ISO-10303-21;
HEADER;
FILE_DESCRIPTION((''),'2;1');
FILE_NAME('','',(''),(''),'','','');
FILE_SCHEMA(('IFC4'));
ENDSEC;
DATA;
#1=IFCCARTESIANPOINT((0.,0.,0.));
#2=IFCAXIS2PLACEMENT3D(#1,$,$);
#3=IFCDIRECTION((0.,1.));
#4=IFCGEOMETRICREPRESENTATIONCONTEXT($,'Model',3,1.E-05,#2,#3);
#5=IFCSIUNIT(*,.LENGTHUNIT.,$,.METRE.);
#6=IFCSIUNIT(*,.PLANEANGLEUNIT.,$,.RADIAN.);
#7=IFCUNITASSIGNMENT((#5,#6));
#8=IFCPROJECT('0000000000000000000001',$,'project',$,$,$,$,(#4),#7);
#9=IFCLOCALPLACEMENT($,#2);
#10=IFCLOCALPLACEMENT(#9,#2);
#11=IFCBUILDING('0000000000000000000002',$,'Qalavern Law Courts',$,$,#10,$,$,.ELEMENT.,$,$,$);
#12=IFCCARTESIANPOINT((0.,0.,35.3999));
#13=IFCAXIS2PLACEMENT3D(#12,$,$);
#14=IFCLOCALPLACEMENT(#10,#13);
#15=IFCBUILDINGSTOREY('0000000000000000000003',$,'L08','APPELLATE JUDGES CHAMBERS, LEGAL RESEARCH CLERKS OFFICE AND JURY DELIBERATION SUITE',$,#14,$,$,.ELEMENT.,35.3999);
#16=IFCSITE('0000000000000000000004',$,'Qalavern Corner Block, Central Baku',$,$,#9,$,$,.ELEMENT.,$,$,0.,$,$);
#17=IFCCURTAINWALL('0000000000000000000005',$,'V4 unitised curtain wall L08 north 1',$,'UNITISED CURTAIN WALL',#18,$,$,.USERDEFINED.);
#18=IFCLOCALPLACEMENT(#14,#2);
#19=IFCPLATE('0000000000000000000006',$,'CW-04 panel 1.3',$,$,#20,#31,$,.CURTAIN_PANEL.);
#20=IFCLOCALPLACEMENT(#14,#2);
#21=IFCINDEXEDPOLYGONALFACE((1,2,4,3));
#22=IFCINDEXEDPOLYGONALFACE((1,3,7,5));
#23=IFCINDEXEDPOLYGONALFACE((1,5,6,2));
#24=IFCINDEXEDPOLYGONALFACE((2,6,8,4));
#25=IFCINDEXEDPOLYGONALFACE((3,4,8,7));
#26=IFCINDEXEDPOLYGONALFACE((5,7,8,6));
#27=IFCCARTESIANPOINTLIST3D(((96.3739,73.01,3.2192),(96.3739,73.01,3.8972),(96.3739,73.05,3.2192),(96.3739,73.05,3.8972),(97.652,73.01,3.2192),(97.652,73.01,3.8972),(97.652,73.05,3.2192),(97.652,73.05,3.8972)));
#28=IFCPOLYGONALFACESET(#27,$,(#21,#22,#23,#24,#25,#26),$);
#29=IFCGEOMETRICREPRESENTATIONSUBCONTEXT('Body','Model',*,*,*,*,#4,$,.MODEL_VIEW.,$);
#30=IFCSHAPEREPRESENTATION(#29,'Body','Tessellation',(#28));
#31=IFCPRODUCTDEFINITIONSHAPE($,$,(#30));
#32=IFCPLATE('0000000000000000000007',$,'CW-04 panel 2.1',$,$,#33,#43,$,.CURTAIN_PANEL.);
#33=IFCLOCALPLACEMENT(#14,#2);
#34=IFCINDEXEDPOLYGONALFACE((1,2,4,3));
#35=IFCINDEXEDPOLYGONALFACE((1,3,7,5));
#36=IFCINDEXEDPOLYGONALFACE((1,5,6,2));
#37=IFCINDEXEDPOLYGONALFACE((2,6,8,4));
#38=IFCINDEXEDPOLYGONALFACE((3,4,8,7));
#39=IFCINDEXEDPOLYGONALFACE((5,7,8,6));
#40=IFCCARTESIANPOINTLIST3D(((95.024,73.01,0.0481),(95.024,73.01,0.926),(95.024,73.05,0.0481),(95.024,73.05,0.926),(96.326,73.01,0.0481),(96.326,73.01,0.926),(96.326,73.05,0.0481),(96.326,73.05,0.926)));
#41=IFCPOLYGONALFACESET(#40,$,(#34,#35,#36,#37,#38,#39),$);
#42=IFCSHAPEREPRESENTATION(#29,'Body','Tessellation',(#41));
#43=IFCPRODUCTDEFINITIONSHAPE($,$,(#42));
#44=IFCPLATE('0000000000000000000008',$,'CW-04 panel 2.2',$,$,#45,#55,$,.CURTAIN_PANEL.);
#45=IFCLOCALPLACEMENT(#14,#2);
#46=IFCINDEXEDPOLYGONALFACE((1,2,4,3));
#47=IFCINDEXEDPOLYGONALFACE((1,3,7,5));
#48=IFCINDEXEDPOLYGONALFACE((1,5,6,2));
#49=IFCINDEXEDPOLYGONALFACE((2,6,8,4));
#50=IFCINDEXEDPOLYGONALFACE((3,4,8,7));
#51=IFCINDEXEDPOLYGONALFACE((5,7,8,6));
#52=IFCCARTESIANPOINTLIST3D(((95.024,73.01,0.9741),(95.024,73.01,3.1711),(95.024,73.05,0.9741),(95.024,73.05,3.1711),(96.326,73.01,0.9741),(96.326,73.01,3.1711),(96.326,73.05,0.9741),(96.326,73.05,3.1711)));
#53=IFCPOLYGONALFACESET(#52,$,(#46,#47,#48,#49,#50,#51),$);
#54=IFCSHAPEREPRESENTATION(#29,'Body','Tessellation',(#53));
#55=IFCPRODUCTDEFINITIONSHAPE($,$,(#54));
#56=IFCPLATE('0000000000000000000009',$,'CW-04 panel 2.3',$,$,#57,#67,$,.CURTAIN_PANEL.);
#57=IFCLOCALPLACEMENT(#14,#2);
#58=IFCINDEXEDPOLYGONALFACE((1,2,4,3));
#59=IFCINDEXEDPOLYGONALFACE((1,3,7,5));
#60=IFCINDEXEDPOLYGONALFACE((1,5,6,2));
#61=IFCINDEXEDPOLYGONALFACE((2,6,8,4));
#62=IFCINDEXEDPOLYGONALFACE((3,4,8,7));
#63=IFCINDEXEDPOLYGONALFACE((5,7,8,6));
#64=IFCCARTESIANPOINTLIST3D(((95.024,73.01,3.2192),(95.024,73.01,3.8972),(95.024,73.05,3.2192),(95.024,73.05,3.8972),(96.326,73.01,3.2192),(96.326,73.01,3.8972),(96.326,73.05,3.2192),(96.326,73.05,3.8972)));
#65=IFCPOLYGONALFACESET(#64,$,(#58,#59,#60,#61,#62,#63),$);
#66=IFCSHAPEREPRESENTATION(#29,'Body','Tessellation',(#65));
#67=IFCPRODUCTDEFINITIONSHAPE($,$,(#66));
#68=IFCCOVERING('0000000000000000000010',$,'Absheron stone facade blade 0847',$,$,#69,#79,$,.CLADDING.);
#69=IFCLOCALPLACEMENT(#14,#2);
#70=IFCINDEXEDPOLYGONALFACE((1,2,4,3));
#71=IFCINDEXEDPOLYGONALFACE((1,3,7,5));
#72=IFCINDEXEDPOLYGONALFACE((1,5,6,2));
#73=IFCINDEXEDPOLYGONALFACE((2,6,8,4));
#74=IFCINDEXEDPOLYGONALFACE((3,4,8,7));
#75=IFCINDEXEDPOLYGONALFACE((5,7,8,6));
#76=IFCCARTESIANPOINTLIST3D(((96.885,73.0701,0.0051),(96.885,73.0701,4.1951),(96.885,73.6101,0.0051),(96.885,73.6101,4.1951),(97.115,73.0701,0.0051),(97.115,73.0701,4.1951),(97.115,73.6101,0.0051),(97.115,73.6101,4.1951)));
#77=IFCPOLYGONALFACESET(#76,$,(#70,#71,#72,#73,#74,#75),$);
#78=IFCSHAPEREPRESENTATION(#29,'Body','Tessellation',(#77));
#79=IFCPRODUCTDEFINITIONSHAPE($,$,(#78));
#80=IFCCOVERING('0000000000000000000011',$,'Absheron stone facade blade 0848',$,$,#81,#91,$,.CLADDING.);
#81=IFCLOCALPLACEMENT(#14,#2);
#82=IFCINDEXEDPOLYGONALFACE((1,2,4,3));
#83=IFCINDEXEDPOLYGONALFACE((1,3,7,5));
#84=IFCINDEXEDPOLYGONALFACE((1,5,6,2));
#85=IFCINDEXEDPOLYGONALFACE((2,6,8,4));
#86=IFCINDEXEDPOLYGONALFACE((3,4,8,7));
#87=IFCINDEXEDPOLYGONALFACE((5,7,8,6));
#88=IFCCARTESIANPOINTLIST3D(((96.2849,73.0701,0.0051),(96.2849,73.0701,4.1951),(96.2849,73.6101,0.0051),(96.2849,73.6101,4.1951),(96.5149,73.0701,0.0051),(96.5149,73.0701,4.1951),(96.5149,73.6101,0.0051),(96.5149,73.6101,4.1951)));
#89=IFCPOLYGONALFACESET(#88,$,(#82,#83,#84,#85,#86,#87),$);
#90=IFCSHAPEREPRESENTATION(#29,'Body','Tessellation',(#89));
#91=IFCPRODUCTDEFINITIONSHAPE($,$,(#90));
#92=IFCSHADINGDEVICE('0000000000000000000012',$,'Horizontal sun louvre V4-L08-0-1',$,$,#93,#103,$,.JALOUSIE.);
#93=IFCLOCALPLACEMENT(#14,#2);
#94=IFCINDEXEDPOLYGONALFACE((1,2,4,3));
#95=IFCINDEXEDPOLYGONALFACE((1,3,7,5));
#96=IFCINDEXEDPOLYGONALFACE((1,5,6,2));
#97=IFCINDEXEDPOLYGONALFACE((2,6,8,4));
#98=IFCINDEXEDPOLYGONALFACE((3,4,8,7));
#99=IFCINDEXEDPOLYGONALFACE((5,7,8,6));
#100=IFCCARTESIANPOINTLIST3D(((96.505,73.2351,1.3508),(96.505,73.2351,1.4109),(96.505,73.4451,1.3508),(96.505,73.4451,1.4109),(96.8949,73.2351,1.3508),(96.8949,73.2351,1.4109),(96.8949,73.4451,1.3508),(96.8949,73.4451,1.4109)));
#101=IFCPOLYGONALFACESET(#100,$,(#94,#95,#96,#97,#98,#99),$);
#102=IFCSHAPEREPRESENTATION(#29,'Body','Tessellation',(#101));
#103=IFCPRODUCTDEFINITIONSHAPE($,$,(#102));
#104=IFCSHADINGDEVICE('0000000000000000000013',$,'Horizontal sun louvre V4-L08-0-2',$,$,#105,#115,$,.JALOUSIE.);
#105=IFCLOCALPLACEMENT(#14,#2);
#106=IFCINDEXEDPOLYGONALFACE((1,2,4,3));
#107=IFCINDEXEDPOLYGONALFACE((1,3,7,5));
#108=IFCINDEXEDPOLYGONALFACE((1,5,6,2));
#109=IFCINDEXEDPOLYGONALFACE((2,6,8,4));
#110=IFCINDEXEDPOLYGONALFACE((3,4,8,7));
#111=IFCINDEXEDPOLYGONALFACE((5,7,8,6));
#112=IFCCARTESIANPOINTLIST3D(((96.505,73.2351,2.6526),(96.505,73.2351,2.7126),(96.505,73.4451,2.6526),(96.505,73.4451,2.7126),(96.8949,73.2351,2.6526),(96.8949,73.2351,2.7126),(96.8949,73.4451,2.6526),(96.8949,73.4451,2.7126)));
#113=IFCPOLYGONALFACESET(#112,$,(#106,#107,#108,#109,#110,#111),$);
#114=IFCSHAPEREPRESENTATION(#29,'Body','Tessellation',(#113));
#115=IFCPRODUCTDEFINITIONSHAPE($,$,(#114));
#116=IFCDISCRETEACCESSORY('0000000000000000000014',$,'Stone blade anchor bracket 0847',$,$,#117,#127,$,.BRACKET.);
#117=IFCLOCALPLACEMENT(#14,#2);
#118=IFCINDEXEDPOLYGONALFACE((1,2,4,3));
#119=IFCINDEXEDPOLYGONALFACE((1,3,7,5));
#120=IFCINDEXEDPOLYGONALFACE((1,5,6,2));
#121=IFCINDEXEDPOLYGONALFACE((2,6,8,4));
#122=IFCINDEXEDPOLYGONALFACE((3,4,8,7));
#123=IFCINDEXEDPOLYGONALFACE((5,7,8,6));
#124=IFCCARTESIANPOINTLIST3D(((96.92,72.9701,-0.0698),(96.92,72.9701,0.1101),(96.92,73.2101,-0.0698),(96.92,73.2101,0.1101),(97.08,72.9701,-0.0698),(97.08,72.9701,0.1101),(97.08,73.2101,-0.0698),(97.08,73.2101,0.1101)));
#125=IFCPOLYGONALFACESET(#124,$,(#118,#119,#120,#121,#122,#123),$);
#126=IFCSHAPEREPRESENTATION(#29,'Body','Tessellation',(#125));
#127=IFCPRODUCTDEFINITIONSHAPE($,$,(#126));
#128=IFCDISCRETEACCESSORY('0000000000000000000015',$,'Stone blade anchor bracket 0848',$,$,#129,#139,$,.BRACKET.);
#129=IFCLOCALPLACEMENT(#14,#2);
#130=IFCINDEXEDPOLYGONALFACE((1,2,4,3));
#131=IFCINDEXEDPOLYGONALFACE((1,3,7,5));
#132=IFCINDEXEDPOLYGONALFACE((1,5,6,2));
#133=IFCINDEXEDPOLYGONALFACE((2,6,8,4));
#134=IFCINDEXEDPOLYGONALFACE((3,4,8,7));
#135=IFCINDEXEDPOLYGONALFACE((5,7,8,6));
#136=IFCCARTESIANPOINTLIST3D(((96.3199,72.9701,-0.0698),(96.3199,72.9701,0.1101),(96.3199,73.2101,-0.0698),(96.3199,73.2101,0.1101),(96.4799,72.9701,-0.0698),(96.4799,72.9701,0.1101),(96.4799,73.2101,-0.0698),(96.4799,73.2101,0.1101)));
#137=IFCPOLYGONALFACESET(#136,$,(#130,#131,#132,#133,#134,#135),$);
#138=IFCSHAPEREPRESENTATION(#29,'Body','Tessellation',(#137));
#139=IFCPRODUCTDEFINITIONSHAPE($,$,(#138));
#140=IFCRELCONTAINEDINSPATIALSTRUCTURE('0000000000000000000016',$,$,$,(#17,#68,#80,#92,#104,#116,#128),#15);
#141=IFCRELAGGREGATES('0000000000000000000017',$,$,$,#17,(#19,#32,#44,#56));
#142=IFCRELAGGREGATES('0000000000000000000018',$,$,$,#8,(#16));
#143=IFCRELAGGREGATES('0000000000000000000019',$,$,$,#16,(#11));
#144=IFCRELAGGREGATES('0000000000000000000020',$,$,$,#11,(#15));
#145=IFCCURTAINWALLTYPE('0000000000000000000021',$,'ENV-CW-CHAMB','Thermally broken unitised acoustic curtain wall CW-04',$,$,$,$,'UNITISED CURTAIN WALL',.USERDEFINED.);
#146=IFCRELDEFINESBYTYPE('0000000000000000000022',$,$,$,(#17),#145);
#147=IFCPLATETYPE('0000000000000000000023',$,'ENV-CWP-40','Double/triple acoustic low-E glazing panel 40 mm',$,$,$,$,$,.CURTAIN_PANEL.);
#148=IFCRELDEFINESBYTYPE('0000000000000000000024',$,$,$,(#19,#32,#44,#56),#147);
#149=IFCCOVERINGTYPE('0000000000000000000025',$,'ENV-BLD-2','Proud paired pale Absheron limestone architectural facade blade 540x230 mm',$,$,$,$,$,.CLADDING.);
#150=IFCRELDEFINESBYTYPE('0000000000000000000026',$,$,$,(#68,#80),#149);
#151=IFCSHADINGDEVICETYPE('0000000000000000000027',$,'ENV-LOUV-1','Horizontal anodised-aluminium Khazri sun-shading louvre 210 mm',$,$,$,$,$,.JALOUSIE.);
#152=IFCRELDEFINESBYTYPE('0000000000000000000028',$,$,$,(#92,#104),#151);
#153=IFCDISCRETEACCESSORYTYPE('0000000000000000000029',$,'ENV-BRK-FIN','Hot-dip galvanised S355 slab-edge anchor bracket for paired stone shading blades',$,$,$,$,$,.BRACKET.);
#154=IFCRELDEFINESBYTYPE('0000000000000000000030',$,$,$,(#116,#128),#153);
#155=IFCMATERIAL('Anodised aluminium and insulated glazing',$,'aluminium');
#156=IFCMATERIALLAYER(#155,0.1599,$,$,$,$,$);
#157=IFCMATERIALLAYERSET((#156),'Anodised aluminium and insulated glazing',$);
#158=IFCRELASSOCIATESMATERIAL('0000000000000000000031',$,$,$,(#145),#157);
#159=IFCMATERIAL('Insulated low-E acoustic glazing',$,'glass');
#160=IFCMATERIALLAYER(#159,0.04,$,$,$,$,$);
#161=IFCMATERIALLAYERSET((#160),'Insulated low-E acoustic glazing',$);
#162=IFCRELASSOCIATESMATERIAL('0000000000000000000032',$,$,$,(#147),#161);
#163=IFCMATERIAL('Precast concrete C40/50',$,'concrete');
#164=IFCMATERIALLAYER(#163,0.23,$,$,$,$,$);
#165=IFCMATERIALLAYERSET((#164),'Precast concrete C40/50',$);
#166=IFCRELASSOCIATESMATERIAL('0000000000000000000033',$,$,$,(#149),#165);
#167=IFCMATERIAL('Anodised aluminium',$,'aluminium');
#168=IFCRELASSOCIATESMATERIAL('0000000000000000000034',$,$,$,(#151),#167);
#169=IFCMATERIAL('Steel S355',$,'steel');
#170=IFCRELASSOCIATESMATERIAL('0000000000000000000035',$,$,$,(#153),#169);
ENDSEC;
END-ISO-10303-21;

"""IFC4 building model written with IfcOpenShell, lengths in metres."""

from ifc_helpers import new_model, si_unit, direction, frame, origin, origin_2d, place, context, subcontext, project, spatial, rectangle, extrude, material, layer, layer_set, type_object, element, aggregate, save


model = new_model("IFC4")

# Units and contexts
model_context = context("Model", 3, precision=1e-05, world=origin(), true_north=direction((0.0, 1.0)))
body_context = subcontext(model_context, "Body", "Model", "MODEL_VIEW")
ifc_project = project(units=[si_unit("LENGTHUNIT", "METRE"), si_unit("PLANEANGLEUNIT", "RADIAN")], contexts=[model_context])

# Site, building, storey
site_placement = place(None, origin())
site = spatial("IfcSite", under=ifc_project, at=site_placement, Name="Qalavern Corner Block, Central Baku", CompositionType="ELEMENT", RefElevation=0.0)
building_placement = place(site_placement, origin())
building = spatial("IfcBuilding", under=site, at=building_placement, Name="Qalavern Law Courts", CompositionType="ELEMENT")
storey_placement = place(building_placement, frame((0.0, 0.0, 35.3999)))
storey = spatial("IfcBuildingStorey", under=building, at=storey_placement, Name="L08", Description="APPELLATE JUDGES CHAMBERS, LEGAL RESEARCH CLERKS OFFICE AND JURY DELIBERATION SUITE", CompositionType="ELEMENT", Elevation=35.3999)

# Curtain wall, plates
ifc_material_1 = material(Name="Anodised aluminium and insulated glazing", Category="aluminium")
ifc_layer_1 = layer(ifc_material_1, 0.1599)
ifc_layer_set_1 = layer_set([ifc_layer_1], Name="Anodised aluminium and insulated glazing")
curtain_wall_type = type_object("IfcCurtainWallType", Name="ENV-CW-CHAMB", Description="Thermally broken unitised acoustic curtain wall CW-04", ElementType="UNITISED CURTAIN WALL", PredefinedType="USERDEFINED", material=ifc_layer_set_1)
curtain_wall_placement = place(storey_placement, origin())
curtain_wall = element("IfcCurtainWall", 1, at=curtain_wall_placement, inside=storey, type_object=curtain_wall_type, Name="V4 unitised curtain wall L08 north 1", ObjectType="UNITISED CURTAIN WALL", PredefinedType="USERDEFINED")
ifc_material_2 = material(Name="Anodised aluminium", Category="aluminium")
ifc_material_3 = material(Name="Insulated low-E acoustic glazing", Category="glass")
ifc_layer_2 = layer(ifc_material_3, 0.04)
ifc_layer_set_2 = layer_set([ifc_layer_2], Name="Insulated low-E acoustic glazing")
plate_type = type_object("IfcPlateType", Name="ENV-CWP-40", Description="Double/triple acoustic low-E glazing panel 40 mm", PredefinedType="CURTAIN_PANEL", material=ifc_layer_set_2)
plate_1_placement = place(storey_placement, frame((97.0129, 73.03, 3.2192), z_axis=(0.0, 0.0, 1.0), x_axis=(-1.0, 0.0, 0.0)))
plate_1 = element("IfcPlate", 2, at=plate_1_placement, type_object=plate_type, Name="CW-04 panel 1.3", PredefinedType="CURTAIN_PANEL", context=body_context, shape_type="SweptSolid", body=[
    extrude(rectangle(XDim=1.2781, YDim=0.04, at=origin_2d()), origin(), (0.0, 0.0, 1.0), 0.678),
])
plate_2_placement = place(storey_placement, frame((95.675, 73.03, 0.0481), z_axis=(0.0, 0.0, 1.0), x_axis=(-1.0, 0.0, 0.0)))
plate_2 = element("IfcPlate", 3, at=plate_2_placement, type_object=plate_type, Name="CW-04 panel 2.1", PredefinedType="CURTAIN_PANEL", context=body_context, shape_type="SweptSolid", body=[
    extrude(rectangle(XDim=1.302, YDim=0.04, at=origin_2d()), origin(), (0.0, 0.0, 1.0), 0.8779),
])
plate_3_placement = place(storey_placement, frame((95.675, 73.03, 0.9741), z_axis=(0.0, 0.0, 1.0), x_axis=(-1.0, 0.0, 0.0)))
plate_3 = element("IfcPlate", 4, at=plate_3_placement, type_object=plate_type, Name="CW-04 panel 2.2", PredefinedType="CURTAIN_PANEL", context=body_context, shape_type="SweptSolid", body=[
    extrude(rectangle(XDim=1.302, YDim=0.04, at=origin_2d()), origin(), (0.0, 0.0, 1.0), 2.197),
])
plate_4_placement = place(storey_placement, frame((95.675, 73.03, 3.2192), z_axis=(0.0, 0.0, 1.0), x_axis=(-1.0, 0.0, 0.0)))
plate_4 = element("IfcPlate", 5, at=plate_4_placement, type_object=plate_type, Name="CW-04 panel 2.3", PredefinedType="CURTAIN_PANEL", context=body_context, shape_type="SweptSolid", body=[
    extrude(rectangle(XDim=1.302, YDim=0.04, at=origin_2d()), origin(), (0.0, 0.0, 1.0), 0.678),
])
aggregate(curtain_wall, [plate_1, plate_2, plate_3, plate_4])

# Coverings
ifc_material_4 = material(Name="Precast concrete C40/50", Category="concrete")
ifc_layer_3 = layer(ifc_material_4, 0.23)
ifc_layer_set_3 = layer_set([ifc_layer_3], Name="Precast concrete C40/50")
covering_type = type_object("IfcCoveringType", Name="ENV-BLD-2", Description="Proud paired pale Absheron limestone architectural facade blade 540x230 mm", PredefinedType="CLADDING", material=ifc_layer_set_3)
for number, where, z_axis, x_axis, name in (
    (6, (97.0, 73.3401, 0.0051), (0.0, 0.0, 1.0), (0.0, 1.0, 0.0), "Absheron stone facade blade 0847"),
    (7, (96.3999, 73.3401, 0.0051), (0.0, 0.0, 1.0), (0.0, 1.0, 0.0), "Absheron stone facade blade 0848"),
):
    element("IfcCovering", number, at=place(storey_placement, frame(where, z_axis=z_axis, x_axis=x_axis)), inside=storey, type_object=covering_type, Name=name, PredefinedType="CLADDING", context=body_context, shape_type="SweptSolid", body=[
        extrude(rectangle(XDim=0.54, YDim=0.23, at=origin_2d()), origin(), (0.0, 0.0, 1.0), 4.1899),
    ])

# Shading devices
shading_device_type = type_object("IfcShadingDeviceType", Name="ENV-LOUV-1", Description="Horizontal anodised-aluminium Khazri sun-shading louvre 210 mm", PredefinedType="JALOUSIE", material=ifc_material_2)
for number, where, z_axis, x_axis, name in (
    (8, (96.7, 73.3401, 1.3508), (0.0, 0.0, 1.0), (-1.0, 0.0, 0.0), "Horizontal sun louvre V4-L08-0-1"),
    (9, (96.7, 73.3401, 2.6526), (0.0, 0.0, 1.0), (-1.0, 0.0, 0.0), "Horizontal sun louvre V4-L08-0-2"),
):
    element("IfcShadingDevice", number, at=place(storey_placement, frame(where, z_axis=z_axis, x_axis=x_axis)), inside=storey, type_object=shading_device_type, Name=name, PredefinedType="JALOUSIE", context=body_context, shape_type="SweptSolid", body=[
        extrude(rectangle(XDim=0.3899, YDim=0.21, at=origin_2d()), origin(), (0.0, 0.0, 1.0), 0.0601),
    ])

# Discrete accessories
ifc_material_5 = material(Name="Steel S355", Category="steel")
discrete_accessory_type = type_object("IfcDiscreteAccessoryType", Name="ENV-BRK-FIN", Description="Hot-dip galvanised S355 slab-edge anchor bracket for paired stone shading blades", PredefinedType="BRACKET", material=ifc_material_5)
for number, where, z_axis, x_axis, name in (
    (10, (97.0, 73.0901, -0.0698), (0.0, 0.0, 1.0), (0.0, 1.0, 0.0), "Stone blade anchor bracket 0847"),
    (11, (96.3999, 73.0901, -0.0698), (0.0, 0.0, 1.0), (0.0, 1.0, 0.0), "Stone blade anchor bracket 0848"),
):
    element("IfcDiscreteAccessory", number, at=place(storey_placement, frame(where, z_axis=z_axis, x_axis=x_axis)), inside=storey, type_object=discrete_accessory_type, Name=name, PredefinedType="BRACKET", context=body_context, shape_type="SweptSolid", body=[
        extrude(rectangle(XDim=0.24, YDim=0.1599, at=origin_2d()), origin(), (0.0, 0.0, 1.0), 0.1799),
    ])

save(model, "model.ifc")
